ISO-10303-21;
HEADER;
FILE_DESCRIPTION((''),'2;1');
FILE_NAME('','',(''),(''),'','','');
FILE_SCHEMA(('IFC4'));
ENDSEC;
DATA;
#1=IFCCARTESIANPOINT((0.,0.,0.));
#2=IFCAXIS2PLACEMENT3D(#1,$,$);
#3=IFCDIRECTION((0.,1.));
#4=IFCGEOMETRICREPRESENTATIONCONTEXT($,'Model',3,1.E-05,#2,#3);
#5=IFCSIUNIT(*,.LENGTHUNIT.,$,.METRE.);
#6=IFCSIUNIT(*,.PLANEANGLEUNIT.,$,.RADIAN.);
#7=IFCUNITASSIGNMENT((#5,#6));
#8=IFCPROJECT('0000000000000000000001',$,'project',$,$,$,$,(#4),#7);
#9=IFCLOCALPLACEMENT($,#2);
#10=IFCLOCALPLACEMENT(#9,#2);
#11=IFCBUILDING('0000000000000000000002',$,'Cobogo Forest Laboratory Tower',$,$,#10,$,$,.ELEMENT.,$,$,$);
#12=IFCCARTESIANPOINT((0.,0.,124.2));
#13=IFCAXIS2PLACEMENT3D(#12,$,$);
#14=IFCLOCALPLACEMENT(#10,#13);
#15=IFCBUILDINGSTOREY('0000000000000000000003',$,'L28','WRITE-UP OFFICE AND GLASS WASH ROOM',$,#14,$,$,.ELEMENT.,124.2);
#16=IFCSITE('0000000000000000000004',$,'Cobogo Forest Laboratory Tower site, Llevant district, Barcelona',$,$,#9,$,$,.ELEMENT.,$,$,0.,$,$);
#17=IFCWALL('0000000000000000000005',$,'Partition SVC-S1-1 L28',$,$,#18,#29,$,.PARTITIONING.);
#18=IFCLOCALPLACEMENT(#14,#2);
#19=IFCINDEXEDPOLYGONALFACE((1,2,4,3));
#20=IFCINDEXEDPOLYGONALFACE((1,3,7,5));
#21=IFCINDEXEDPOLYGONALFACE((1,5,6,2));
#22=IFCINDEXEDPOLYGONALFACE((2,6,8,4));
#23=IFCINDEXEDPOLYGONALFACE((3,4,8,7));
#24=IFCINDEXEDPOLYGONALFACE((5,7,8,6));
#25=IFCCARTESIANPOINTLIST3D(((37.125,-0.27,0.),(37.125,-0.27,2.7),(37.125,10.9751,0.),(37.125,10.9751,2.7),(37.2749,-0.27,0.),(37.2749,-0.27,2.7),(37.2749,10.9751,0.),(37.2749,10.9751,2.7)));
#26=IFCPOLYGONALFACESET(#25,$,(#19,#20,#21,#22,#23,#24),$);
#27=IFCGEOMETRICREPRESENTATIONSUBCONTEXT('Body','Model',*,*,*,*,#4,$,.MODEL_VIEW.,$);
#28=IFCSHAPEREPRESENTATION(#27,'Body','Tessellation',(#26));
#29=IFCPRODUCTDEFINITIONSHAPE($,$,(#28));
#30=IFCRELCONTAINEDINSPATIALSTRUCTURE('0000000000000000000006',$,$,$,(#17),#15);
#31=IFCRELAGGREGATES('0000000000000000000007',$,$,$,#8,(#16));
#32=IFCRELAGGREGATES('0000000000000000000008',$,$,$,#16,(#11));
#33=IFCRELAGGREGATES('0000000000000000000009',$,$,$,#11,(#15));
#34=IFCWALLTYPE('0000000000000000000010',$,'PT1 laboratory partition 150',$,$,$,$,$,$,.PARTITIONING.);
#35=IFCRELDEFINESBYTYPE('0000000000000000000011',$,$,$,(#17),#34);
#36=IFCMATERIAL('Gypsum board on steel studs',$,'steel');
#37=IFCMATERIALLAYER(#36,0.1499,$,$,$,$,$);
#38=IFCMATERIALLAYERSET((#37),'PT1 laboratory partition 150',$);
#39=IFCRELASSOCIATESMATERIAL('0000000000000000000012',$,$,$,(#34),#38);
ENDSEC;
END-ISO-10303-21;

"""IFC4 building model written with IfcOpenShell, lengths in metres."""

from ifc_helpers import new_model, si_unit, direction, frame, frame_2d, origin, place, context, subcontext, project, spatial, rectangle, extrude, material, layer, layer_set, type_object, element, save


model = new_model("IFC4")

# Units and contexts
model_context = context("Model", 3, precision=1e-05, world=origin(), true_north=direction((0.0, 1.0)))
body_context = subcontext(model_context, "Body", "Model", "MODEL_VIEW")
ifc_project = project(units=[si_unit("LENGTHUNIT", "METRE"), si_unit("PLANEANGLEUNIT", "RADIAN")], contexts=[model_context])

# Site, building, storey
site_placement = place(None, origin())
site = spatial("IfcSite", under=ifc_project, at=site_placement, Name="Cobogo Forest Laboratory Tower site, Llevant district, Barcelona", CompositionType="ELEMENT", RefElevation=0.0)
building_placement = place(site_placement, origin())
building = spatial("IfcBuilding", under=site, at=building_placement, Name="Cobogo Forest Laboratory Tower", CompositionType="ELEMENT")
storey_placement = place(building_placement, frame((0.0, 0.0, 124.2)))
storey = spatial("IfcBuildingStorey", under=building, at=storey_placement, Name="L28", Description="WRITE-UP OFFICE AND GLASS WASH ROOM", CompositionType="ELEMENT", Elevation=124.2)

# Wall
ifc_material_1 = material(Name="Gypsum board on steel studs", Category="steel")
ifc_layer_1 = layer(ifc_material_1, 0.1499)
ifc_layer_set_1 = layer_set([ifc_layer_1], Name="PT1 laboratory partition 150")
wall_type = type_object("IfcWallType", Name="PT1 laboratory partition 150", PredefinedType="PARTITIONING", material=ifc_layer_set_1)
wall_placement = place(storey_placement, frame((37.2, -0.27, 0.0), z_axis=(0.0, 0.0, 1.0), x_axis=(0.0, 1.0, 0.0)))
element("IfcWall", 1, at=wall_placement, inside=storey, type_object=wall_type, Name="Partition SVC-S1-1 L28", PredefinedType="PARTITIONING", context=body_context, shape_type="SweptSolid", body=[
    extrude(rectangle(XDim=11.2451, YDim=0.1499, at=frame_2d((5.6226, 0.0))), origin(), (0.0, 0.0, 1.0), 2.7),
])

save(model, "model.ifc")
